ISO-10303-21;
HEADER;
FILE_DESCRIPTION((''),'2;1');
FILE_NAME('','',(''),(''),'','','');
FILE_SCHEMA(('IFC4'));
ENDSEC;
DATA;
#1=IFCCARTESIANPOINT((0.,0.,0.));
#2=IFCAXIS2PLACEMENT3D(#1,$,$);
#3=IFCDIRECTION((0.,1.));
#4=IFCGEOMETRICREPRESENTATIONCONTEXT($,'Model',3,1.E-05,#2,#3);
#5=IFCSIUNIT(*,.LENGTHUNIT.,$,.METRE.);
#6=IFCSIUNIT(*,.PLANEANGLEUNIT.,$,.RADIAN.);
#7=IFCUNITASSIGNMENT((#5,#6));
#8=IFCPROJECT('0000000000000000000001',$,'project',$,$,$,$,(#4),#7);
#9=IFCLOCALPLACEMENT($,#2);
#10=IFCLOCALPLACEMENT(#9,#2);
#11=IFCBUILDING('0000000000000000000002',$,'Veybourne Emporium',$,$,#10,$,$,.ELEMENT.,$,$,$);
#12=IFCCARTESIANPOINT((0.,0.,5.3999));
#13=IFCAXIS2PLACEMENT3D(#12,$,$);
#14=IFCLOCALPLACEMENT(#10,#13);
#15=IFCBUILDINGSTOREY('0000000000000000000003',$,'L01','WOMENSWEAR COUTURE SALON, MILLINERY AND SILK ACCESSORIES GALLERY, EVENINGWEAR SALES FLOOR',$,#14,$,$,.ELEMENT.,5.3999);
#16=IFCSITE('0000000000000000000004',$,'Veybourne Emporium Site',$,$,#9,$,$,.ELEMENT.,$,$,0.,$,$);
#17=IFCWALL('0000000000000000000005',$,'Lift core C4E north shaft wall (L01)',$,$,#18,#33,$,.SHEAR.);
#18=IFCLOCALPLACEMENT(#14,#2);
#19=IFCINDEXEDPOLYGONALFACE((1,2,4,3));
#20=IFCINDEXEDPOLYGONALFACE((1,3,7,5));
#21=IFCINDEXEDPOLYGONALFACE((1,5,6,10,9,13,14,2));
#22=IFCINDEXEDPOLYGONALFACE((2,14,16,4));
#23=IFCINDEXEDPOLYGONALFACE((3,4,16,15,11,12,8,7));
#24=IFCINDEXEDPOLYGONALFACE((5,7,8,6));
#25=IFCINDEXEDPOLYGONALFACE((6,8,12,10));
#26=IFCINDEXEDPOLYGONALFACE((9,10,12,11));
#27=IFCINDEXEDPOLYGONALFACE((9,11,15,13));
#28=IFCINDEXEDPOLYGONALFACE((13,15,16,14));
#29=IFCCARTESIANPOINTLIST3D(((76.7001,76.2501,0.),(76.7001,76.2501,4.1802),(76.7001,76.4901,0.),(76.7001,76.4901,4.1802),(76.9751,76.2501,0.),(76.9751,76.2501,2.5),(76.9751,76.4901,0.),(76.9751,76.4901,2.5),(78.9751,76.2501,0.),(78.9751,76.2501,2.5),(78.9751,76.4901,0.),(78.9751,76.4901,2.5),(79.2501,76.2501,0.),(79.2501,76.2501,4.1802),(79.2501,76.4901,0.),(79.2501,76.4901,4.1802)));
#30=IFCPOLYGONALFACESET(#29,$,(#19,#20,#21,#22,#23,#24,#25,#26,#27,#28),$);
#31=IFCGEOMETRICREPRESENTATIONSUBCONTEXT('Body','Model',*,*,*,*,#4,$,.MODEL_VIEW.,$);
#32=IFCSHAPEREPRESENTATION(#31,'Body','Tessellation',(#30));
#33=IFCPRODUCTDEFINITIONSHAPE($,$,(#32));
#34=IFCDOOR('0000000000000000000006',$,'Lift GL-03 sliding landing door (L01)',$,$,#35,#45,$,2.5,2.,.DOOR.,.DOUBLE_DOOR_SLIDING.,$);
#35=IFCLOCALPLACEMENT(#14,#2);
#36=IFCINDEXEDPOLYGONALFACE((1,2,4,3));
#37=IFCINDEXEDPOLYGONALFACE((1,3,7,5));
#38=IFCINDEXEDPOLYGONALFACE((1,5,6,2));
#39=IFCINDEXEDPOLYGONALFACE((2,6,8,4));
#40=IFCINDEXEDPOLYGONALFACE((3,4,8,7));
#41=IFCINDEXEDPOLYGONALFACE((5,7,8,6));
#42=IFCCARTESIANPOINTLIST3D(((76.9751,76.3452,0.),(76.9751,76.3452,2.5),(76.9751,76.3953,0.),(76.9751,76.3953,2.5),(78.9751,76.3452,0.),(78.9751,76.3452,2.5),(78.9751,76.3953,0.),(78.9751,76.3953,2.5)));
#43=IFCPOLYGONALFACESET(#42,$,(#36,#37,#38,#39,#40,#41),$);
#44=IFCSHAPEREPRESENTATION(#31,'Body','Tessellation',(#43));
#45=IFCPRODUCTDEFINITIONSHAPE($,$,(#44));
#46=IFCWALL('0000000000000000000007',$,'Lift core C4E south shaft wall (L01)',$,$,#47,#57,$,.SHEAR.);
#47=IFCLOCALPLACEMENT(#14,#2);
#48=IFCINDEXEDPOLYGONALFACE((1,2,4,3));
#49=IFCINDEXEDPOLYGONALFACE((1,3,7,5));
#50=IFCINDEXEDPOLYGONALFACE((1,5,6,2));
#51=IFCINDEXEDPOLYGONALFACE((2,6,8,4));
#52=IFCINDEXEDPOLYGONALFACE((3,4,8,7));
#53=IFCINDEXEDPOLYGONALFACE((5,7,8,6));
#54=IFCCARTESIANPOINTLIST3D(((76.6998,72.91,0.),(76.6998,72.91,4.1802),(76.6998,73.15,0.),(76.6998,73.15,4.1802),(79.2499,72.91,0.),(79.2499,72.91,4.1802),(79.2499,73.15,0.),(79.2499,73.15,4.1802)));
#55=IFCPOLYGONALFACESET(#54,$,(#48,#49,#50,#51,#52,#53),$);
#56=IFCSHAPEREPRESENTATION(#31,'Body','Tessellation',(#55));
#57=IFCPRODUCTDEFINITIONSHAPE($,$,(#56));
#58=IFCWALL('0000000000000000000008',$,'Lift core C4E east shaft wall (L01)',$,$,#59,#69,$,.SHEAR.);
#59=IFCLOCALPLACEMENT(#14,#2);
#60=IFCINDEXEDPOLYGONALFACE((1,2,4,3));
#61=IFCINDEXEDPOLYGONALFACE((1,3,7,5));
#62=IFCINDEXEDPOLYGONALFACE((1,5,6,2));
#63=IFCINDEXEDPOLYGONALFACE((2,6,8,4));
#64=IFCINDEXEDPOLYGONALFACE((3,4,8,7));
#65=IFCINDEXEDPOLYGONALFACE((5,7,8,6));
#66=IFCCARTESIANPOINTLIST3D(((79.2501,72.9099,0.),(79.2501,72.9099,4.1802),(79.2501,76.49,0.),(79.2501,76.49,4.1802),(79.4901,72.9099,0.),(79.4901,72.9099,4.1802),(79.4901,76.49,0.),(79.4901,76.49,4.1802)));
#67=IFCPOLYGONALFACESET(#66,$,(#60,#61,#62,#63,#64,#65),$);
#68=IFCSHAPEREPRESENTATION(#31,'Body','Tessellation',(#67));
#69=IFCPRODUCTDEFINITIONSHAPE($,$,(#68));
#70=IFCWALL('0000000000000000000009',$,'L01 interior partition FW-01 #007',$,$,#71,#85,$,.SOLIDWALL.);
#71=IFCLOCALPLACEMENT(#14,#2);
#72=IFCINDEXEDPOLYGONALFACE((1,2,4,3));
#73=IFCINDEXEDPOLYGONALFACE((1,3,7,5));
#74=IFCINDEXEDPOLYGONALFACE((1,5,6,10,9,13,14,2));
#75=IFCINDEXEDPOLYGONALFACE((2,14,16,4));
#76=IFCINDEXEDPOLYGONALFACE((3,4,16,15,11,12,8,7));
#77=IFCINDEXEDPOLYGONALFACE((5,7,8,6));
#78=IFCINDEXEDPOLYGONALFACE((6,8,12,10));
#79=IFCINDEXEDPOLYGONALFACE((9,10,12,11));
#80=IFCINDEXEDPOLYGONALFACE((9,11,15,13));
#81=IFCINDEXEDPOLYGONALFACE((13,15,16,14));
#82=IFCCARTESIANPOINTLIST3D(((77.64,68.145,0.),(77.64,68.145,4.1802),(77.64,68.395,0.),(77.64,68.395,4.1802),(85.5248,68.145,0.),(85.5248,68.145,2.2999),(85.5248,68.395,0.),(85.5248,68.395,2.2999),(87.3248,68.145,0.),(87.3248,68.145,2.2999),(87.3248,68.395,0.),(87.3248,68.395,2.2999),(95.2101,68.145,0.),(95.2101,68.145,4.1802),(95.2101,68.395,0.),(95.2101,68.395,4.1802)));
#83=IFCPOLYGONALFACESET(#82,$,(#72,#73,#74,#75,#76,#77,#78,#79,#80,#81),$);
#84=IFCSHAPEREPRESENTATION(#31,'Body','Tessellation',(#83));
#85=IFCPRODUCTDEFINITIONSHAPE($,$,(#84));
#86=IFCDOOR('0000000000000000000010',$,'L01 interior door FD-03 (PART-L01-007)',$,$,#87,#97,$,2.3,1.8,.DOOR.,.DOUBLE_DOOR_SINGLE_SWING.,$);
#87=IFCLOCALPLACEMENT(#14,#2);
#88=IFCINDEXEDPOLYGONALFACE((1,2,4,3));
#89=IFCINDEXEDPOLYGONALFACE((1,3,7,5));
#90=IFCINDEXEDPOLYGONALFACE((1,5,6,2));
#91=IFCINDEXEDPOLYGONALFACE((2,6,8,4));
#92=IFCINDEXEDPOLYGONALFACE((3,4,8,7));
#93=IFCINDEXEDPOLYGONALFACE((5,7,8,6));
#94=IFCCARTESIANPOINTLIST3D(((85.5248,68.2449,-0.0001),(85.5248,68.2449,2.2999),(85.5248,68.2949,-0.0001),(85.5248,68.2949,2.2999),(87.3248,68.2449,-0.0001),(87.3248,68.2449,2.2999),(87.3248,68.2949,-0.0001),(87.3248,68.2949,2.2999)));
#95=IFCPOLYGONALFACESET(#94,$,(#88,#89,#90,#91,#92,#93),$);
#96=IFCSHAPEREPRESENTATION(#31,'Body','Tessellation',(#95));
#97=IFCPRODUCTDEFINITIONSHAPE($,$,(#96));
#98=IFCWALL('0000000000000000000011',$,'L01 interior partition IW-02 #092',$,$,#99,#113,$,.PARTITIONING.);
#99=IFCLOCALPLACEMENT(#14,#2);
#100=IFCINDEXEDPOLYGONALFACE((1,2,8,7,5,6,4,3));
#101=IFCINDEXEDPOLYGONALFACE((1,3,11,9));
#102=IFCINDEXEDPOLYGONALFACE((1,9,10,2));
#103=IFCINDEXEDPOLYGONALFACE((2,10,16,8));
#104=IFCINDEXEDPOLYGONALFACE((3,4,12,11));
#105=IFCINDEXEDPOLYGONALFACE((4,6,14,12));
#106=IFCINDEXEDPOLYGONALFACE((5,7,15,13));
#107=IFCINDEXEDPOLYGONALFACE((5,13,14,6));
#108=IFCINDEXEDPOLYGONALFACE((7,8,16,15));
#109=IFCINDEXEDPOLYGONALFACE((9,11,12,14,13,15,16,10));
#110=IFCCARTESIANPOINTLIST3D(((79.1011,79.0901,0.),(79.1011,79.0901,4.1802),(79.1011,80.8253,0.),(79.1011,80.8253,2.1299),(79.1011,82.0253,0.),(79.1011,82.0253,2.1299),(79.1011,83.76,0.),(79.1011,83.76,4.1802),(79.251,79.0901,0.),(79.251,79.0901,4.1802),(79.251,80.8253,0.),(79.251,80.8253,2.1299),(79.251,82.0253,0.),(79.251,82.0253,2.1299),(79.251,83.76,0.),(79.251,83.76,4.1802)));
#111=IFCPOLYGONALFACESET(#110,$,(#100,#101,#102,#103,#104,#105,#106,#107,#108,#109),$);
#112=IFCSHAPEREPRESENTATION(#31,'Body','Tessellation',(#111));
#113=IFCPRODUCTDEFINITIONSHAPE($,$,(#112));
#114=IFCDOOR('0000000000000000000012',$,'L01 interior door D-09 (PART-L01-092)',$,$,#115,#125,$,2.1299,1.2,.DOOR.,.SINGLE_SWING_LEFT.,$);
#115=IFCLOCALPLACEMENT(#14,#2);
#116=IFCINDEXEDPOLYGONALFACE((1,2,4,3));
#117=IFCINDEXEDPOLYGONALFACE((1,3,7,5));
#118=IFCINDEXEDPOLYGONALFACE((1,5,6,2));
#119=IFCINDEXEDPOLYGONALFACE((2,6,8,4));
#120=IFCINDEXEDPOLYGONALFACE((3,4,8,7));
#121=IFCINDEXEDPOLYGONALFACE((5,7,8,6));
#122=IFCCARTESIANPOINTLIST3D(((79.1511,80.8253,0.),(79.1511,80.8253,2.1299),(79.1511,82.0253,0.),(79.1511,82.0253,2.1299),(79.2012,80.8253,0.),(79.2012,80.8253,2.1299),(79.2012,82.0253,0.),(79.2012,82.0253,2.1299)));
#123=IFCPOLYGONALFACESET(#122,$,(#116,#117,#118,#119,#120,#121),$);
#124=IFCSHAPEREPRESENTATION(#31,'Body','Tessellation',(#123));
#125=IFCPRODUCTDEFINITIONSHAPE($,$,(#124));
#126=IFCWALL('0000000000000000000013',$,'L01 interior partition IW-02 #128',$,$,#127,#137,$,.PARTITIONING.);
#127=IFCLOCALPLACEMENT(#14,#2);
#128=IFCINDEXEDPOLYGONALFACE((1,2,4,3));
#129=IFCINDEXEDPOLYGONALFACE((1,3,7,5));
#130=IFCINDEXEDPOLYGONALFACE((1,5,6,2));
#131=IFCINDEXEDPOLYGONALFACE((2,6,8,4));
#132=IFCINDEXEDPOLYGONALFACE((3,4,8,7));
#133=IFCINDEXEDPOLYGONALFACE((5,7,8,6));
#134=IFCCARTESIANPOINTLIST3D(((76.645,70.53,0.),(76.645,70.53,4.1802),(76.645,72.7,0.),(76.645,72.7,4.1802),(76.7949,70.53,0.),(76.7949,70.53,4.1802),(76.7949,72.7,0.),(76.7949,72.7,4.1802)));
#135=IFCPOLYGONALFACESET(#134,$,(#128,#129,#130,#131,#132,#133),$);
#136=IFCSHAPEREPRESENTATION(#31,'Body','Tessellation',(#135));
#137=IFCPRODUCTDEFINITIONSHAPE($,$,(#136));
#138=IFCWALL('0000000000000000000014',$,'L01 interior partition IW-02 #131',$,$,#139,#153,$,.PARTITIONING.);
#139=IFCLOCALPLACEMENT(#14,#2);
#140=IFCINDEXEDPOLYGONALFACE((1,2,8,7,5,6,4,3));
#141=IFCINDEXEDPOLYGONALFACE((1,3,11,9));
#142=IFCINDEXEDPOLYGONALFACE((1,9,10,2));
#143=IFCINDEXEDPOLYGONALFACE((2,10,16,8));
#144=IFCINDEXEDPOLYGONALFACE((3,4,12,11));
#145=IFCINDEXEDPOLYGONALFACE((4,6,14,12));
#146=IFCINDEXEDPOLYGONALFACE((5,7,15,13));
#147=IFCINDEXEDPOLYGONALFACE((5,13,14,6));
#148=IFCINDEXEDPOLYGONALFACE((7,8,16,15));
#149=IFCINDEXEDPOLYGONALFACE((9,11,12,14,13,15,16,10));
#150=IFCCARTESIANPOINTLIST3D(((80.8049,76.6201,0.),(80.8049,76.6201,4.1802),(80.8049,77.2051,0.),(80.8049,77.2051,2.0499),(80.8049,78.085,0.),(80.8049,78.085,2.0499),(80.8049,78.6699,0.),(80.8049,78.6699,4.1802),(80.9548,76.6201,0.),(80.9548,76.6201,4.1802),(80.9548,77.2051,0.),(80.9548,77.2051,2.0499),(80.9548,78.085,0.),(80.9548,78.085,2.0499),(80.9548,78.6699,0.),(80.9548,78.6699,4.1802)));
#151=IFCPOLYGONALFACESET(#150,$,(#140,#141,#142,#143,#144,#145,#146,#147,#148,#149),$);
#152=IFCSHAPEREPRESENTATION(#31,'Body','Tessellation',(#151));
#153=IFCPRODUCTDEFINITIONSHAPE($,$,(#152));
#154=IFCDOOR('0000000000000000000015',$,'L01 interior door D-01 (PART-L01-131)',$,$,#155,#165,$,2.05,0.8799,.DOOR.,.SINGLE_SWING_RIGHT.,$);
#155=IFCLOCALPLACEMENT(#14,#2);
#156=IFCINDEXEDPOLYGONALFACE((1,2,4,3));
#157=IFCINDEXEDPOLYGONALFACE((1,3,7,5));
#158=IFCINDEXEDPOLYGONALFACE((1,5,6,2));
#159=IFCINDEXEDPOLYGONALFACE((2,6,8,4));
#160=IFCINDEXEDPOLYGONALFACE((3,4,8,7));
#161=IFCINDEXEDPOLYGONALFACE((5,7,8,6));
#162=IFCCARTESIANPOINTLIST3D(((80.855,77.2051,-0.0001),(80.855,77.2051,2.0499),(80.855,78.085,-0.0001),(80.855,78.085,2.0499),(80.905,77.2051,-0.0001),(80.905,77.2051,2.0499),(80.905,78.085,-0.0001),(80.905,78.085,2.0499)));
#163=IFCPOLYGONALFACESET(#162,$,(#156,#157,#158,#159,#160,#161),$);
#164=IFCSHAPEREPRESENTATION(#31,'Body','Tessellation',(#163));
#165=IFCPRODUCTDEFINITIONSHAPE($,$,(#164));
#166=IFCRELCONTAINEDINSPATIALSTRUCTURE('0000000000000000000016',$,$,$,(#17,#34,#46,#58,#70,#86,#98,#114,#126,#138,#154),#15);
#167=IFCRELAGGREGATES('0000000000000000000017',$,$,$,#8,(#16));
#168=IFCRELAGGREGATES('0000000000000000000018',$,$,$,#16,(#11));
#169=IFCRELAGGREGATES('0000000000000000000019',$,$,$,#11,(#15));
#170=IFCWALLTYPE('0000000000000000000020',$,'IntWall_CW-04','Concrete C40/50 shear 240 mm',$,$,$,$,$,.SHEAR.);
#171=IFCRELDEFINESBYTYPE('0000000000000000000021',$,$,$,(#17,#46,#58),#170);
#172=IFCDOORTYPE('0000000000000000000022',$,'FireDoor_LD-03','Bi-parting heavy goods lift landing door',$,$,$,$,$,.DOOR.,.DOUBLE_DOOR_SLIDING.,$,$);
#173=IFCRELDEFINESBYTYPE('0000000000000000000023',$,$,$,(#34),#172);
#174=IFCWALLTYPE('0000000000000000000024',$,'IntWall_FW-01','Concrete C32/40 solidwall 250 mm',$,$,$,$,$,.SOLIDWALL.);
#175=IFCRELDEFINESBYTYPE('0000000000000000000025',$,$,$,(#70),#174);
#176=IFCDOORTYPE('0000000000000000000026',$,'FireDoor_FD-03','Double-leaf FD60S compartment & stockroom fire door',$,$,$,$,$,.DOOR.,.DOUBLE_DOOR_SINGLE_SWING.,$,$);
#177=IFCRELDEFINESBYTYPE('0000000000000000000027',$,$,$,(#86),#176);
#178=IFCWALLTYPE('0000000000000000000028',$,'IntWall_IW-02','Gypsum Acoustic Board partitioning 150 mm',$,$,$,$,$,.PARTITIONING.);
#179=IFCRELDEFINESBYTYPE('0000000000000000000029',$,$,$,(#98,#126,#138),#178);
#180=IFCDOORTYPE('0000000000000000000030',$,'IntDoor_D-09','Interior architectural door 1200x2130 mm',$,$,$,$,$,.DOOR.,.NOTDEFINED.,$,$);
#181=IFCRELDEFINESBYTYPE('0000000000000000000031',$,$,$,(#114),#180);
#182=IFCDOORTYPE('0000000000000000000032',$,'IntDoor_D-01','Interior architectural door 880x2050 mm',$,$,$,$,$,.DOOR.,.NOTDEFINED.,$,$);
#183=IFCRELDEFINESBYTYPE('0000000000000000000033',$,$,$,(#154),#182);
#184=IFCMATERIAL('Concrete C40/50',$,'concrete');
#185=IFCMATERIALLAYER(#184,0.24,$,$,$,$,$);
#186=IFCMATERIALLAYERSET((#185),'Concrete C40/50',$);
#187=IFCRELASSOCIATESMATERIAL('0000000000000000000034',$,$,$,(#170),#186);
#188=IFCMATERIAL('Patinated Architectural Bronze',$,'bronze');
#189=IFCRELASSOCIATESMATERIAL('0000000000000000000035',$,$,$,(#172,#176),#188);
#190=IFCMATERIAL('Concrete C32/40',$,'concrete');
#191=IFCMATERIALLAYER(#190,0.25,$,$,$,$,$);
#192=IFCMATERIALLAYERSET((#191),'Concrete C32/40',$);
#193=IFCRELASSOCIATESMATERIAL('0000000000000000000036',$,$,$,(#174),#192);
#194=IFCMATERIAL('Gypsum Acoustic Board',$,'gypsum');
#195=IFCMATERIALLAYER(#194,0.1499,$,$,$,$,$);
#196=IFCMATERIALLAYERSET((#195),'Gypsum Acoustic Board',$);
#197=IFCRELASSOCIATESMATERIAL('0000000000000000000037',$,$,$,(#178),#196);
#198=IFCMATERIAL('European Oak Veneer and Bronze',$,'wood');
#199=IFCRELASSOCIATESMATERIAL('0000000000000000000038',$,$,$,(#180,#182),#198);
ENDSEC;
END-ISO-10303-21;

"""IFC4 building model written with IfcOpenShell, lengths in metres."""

from ifc_helpers import new_model, si_unit, direction, frame, frame_2d, origin, place, context, subcontext, project, spatial, rectangle, extrude, material, layer, layer_set, type_object, element, fill, save


model = new_model("IFC4")

# Units and contexts
model_context = context("Model", 3, precision=1e-05, world=origin(), true_north=direction((0.0, 1.0)))
body_context = subcontext(model_context, "Body", "Model", "MODEL_VIEW")
ifc_project = project(units=[si_unit("LENGTHUNIT", "METRE"), si_unit("PLANEANGLEUNIT", "RADIAN")], contexts=[model_context])

# Site, building, storey
site_placement = place(None, origin())
site = spatial("IfcSite", under=ifc_project, at=site_placement, Name="Veybourne Emporium Site", CompositionType="ELEMENT", RefElevation=0.0)
building_placement = place(site_placement, origin())
building = spatial("IfcBuilding", under=site, at=building_placement, Name="Veybourne Emporium", CompositionType="ELEMENT")
storey_placement = place(building_placement, frame((0.0, 0.0, 5.3999)))
storey = spatial("IfcBuildingStorey", under=building, at=storey_placement, Name="L01", Description="WOMENSWEAR COUTURE SALON, MILLINERY AND SILK ACCESSORIES GALLERY, EVENINGWEAR SALES FLOOR", CompositionType="ELEMENT", Elevation=5.3999)

# Shared definitions
ifc_material_1 = material(Name="Concrete C40/50", Category="concrete")

# Shared definitions
ifc_material_2 = material(Name="Concrete C32/40", Category="concrete")

# Wall, opening, door
ifc_layer_1 = layer(ifc_material_1, 0.24)
ifc_layer_set_1 = layer_set([ifc_layer_1], Name="Concrete C40/50")
wall_type_1 = type_object("IfcWallType", Name="IntWall_CW-04", Description="Concrete C40/50 shear 240 mm", PredefinedType="SHEAR", material=ifc_layer_set_1)
wall_1_placement = place(storey_placement, frame((79.25, 76.3701, 0.0), z_axis=(0.0, 0.0, 1.0), x_axis=(-1.0, 0.0, 0.0)))
wall_1 = element("IfcWall", 1, at=wall_1_placement, inside=storey, type_object=wall_type_1, Name="Lift core C4E north shaft wall (L01)", PredefinedType="SHEAR", context=body_context, shape_type="SweptSolid", body=[
    extrude(rectangle(XDim=2.55, YDim=0.24, at=frame_2d((1.2749, 0.0))), origin(), (0.0, 0.0, 1.0), 4.1802),
])
opening_1_placement = place(wall_1_placement, frame((0.2749, 0.0, 0.0)))
opening_1 = element("IfcOpeningElement", 2, at=opening_1_placement, cuts=wall_1, PredefinedType="OPENING", context=body_context, shape_type="SweptSolid", body=[
    extrude(rectangle(XDim=2.0, YDim=2.5, at=frame_2d((1.0, 1.25))), frame((0.0, 0.1401, 0.0), z_axis=(0.0, -1.0, 0.0), x_axis=(1.0, 0.0, 0.0)), (0.0, 0.0, 1.0), 0.28),
])
ifc_material_3 = material(Name="Patinated Architectural Bronze", Category="bronze")
door_type_1 = type_object("IfcDoorType", Name="FireDoor_LD-03", Description="Bi-parting heavy goods lift landing door", OperationType="DOUBLE_DOOR_SLIDING", PredefinedType="DOOR", material=ifc_material_3)
door_1_placement = place(opening_1_placement, origin())
door_1 = element("IfcDoor", 3, at=door_1_placement, inside=storey, type_object=door_type_1, Name="Lift GL-03 sliding landing door (L01)", OperationType="DOUBLE_DOOR_SLIDING", OverallHeight=2.5, OverallWidth=2.0, PredefinedType="DOOR", context=body_context, shape_type="SweptSolid", body=[
    extrude(rectangle(XDim=2.0, YDim=2.5, at=frame_2d((1.0, 1.25))), frame((0.0, 0.0249, 0.0), z_axis=(0.0, -1.0, 0.0), x_axis=(1.0, 0.0, 0.0)), (0.0, 0.0, 1.0), 0.05),
])
fill(opening_1, door_1)

# Walls
wall_2_placement = place(storey_placement, frame((76.7, 73.03, 0.0), z_axis=(0.0, 0.0, 1.0), x_axis=(1.0, 0.0, 0.0)))
element("IfcWall", 4, at=wall_2_placement, inside=storey, type_object=wall_type_1, Name="Lift core C4E south shaft wall (L01)", PredefinedType="SHEAR", context=body_context, shape_type="SweptSolid", body=[
    extrude(rectangle(XDim=2.55, YDim=0.24, at=frame_2d((1.2749, 0.0))), origin(), (0.0, 0.0, 1.0), 4.1802),
])
wall_3_placement = place(storey_placement, frame((79.3701, 72.9099, 0.0), z_axis=(0.0, 0.0, 1.0), x_axis=(0.0, 1.0, 0.0)))
element("IfcWall", 5, at=wall_3_placement, inside=storey, type_object=wall_type_1, Name="Lift core C4E east shaft wall (L01)", PredefinedType="SHEAR", context=body_context, shape_type="SweptSolid", body=[
    extrude(rectangle(XDim=3.5801, YDim=0.24, at=frame_2d((1.79, 0.0))), origin(), (0.0, 0.0, 1.0), 4.1802),
])

# Walls, openings, doors
ifc_layer_2 = layer(ifc_material_2, 0.25)
ifc_layer_set_2 = layer_set([ifc_layer_2], Name="Concrete C32/40")
wall_type_2 = type_object("IfcWallType", Name="IntWall_FW-01", Description="Concrete C32/40 solidwall 250 mm", PredefinedType="SOLIDWALL", material=ifc_layer_set_2)
wall_4_placement = place(storey_placement, frame((77.6399, 68.27, 0.0), z_axis=(0.0, 0.0, 1.0), x_axis=(1.0, 0.0, 0.0)))
wall_4 = element("IfcWall", 6, at=wall_4_placement, inside=storey, type_object=wall_type_2, Name="L01 interior partition FW-01 #007", PredefinedType="SOLIDWALL", context=body_context, shape_type="SweptSolid", body=[
    extrude(rectangle(XDim=17.5701, YDim=0.25, at=frame_2d((8.7852, 0.0))), origin(), (0.0, 0.0, 1.0), 4.1802),
])
opening_2_placement = place(wall_4_placement, frame((7.885, 0.0, 0.0)))
opening_2 = element("IfcOpeningElement", 7, at=opening_2_placement, cuts=wall_4, PredefinedType="OPENING", context=body_context, shape_type="SweptSolid", body=[
    extrude(rectangle(XDim=1.8, YDim=2.3, at=frame_2d((0.8999, 1.1499))), frame((0.0, 0.145, 0.0), z_axis=(0.0, -1.0, 0.0), x_axis=(1.0, 0.0, 0.0)), (0.0, 0.0, 1.0), 0.29),
])
door_type_2 = type_object("IfcDoorType", Name="FireDoor_FD-03", Description="Double-leaf FD60S compartment & stockroom fire door", OperationType="DOUBLE_DOOR_SINGLE_SWING", PredefinedType="DOOR", material=ifc_material_3)
door_2_placement = place(opening_2_placement, origin())
door_2 = element("IfcDoor", 8, at=door_2_placement, inside=storey, type_object=door_type_2, Name="L01 interior door FD-03 (PART-L01-007)", OperationType="DOUBLE_DOOR_SINGLE_SWING", OverallHeight=2.3, OverallWidth=1.8, PredefinedType="DOOR", context=body_context, shape_type="SweptSolid", body=[
    extrude(rectangle(XDim=1.8, YDim=2.3, at=frame_2d((0.8999, 1.1499))), frame((0.0, 0.0249, 0.0), z_axis=(0.0, -1.0, 0.0), x_axis=(1.0, 0.0, 0.0)), (0.0, 0.0, 1.0), 0.05),
])
fill(opening_2, door_2)
ifc_material_4 = material(Name="Gypsum Acoustic Board", Category="gypsum")
ifc_layer_3 = layer(ifc_material_4, 0.1499)
ifc_layer_set_3 = layer_set([ifc_layer_3], Name="Gypsum Acoustic Board")
wall_type_3 = type_object("IfcWallType", Name="IntWall_IW-02", Description="Gypsum Acoustic Board partitioning 150 mm", PredefinedType="PARTITIONING", material=ifc_layer_set_3)
wall_5_placement = place(storey_placement, frame((79.176, 79.0901, 0.0), z_axis=(0.0, 0.0, 1.0), x_axis=(0.0, 1.0, 0.0)))
wall_5 = element("IfcWall", 9, at=wall_5_placement, inside=storey, type_object=wall_type_3, Name="L01 interior partition IW-02 #092", PredefinedType="PARTITIONING", context=body_context, shape_type="SweptSolid", body=[
    extrude(rectangle(XDim=4.6699, YDim=0.1499, at=frame_2d((2.335, 0.0))), origin(), (0.0, 0.0, 1.0), 4.1802),
])
opening_3_placement = place(wall_5_placement, frame((1.7351, 0.0, 0.0)))
opening_3 = element("IfcOpeningElement", 10, at=opening_3_placement, cuts=wall_5, PredefinedType="OPENING", context=body_context, shape_type="SweptSolid", body=[
    extrude(rectangle(XDim=1.2, YDim=2.1299, at=frame_2d((0.6001, 1.0649))), frame((0.0, 0.095, 0.0), z_axis=(0.0, -1.0, 0.0), x_axis=(1.0, 0.0, 0.0)), (0.0, 0.0, 1.0), 0.1899),
])
ifc_material_5 = material(Name="European Oak Veneer and Bronze", Category="wood")
door_type_3 = type_object("IfcDoorType", Name="IntDoor_D-09", Description="Interior architectural door 1200x2130 mm", OperationType="NOTDEFINED", PredefinedType="DOOR", material=ifc_material_5)
door_3_placement = place(opening_3_placement, origin())
door_3 = element("IfcDoor", 11, at=door_3_placement, inside=storey, type_object=door_type_3, Name="L01 interior door D-09 (PART-L01-092)", OperationType="SINGLE_SWING_LEFT", OverallHeight=2.1299, OverallWidth=1.2, PredefinedType="DOOR", context=body_context, shape_type="SweptSolid", body=[
    extrude(rectangle(XDim=1.2, YDim=2.1299, at=frame_2d((0.6001, 1.0649))), frame((0.0, 0.0249, 0.0), z_axis=(0.0, -1.0, 0.0), x_axis=(1.0, 0.0, 0.0)), (0.0, 0.0, 1.0), 0.05),
])
fill(opening_3, door_3)

# Wall
wall_6_placement = place(storey_placement, frame((76.72, 70.53, 0.0), z_axis=(0.0, 0.0, 1.0), x_axis=(0.0, 1.0, 0.0)))
element("IfcWall", 12, at=wall_6_placement, inside=storey, type_object=wall_type_3, Name="L01 interior partition IW-02 #128", PredefinedType="PARTITIONING", context=body_context, shape_type="SweptSolid", body=[
    extrude(rectangle(XDim=2.1699, YDim=0.1499, at=frame_2d((1.085, 0.0))), origin(), (0.0, 0.0, 1.0), 4.1802),
])

# Wall, opening, door
wall_7_placement = place(storey_placement, frame((80.8799, 76.6201, 0.0), z_axis=(0.0, 0.0, 1.0), x_axis=(0.0, 1.0, 0.0)))
wall_7 = element("IfcWall", 13, at=wall_7_placement, inside=storey, type_object=wall_type_3, Name="L01 interior partition IW-02 #131", PredefinedType="PARTITIONING", context=body_context, shape_type="SweptSolid", body=[
    extrude(rectangle(XDim=2.0498, YDim=0.1499, at=frame_2d((1.0249, 0.0))), origin(), (0.0, 0.0, 1.0), 4.1802),
])
opening_4_placement = place(wall_7_placement, frame((0.585, 0.0, 0.0)))
opening_4 = element("IfcOpeningElement", 14, at=opening_4_placement, cuts=wall_7, PredefinedType="OPENING", context=body_context, shape_type="SweptSolid", body=[
    extrude(rectangle(XDim=0.8799, YDim=2.05, at=frame_2d((0.4399, 1.0249))), frame((0.0, 0.095, 0.0), z_axis=(0.0, -1.0, 0.0), x_axis=(1.0, 0.0, 0.0)), (0.0, 0.0, 1.0), 0.1899),
])
door_type_4 = type_object("IfcDoorType", Name="IntDoor_D-01", Description="Interior architectural door 880x2050 mm", OperationType="NOTDEFINED", PredefinedType="DOOR", material=ifc_material_5)
door_4_placement = place(opening_4_placement, origin())
door_4 = element("IfcDoor", 15, at=door_4_placement, inside=storey, type_object=door_type_4, Name="L01 interior door D-01 (PART-L01-131)", OperationType="SINGLE_SWING_RIGHT", OverallHeight=2.05, OverallWidth=0.8799, PredefinedType="DOOR", context=body_context, shape_type="SweptSolid", body=[
    extrude(rectangle(XDim=0.8799, YDim=2.05, at=frame_2d((0.4399, 1.0249))), frame((0.0, 0.0249, 0.0), z_axis=(0.0, -1.0, 0.0), x_axis=(1.0, 0.0, 0.0)), (0.0, 0.0, 1.0), 0.05),
])
fill(opening_4, door_4)

save(model, "model.ifc")
